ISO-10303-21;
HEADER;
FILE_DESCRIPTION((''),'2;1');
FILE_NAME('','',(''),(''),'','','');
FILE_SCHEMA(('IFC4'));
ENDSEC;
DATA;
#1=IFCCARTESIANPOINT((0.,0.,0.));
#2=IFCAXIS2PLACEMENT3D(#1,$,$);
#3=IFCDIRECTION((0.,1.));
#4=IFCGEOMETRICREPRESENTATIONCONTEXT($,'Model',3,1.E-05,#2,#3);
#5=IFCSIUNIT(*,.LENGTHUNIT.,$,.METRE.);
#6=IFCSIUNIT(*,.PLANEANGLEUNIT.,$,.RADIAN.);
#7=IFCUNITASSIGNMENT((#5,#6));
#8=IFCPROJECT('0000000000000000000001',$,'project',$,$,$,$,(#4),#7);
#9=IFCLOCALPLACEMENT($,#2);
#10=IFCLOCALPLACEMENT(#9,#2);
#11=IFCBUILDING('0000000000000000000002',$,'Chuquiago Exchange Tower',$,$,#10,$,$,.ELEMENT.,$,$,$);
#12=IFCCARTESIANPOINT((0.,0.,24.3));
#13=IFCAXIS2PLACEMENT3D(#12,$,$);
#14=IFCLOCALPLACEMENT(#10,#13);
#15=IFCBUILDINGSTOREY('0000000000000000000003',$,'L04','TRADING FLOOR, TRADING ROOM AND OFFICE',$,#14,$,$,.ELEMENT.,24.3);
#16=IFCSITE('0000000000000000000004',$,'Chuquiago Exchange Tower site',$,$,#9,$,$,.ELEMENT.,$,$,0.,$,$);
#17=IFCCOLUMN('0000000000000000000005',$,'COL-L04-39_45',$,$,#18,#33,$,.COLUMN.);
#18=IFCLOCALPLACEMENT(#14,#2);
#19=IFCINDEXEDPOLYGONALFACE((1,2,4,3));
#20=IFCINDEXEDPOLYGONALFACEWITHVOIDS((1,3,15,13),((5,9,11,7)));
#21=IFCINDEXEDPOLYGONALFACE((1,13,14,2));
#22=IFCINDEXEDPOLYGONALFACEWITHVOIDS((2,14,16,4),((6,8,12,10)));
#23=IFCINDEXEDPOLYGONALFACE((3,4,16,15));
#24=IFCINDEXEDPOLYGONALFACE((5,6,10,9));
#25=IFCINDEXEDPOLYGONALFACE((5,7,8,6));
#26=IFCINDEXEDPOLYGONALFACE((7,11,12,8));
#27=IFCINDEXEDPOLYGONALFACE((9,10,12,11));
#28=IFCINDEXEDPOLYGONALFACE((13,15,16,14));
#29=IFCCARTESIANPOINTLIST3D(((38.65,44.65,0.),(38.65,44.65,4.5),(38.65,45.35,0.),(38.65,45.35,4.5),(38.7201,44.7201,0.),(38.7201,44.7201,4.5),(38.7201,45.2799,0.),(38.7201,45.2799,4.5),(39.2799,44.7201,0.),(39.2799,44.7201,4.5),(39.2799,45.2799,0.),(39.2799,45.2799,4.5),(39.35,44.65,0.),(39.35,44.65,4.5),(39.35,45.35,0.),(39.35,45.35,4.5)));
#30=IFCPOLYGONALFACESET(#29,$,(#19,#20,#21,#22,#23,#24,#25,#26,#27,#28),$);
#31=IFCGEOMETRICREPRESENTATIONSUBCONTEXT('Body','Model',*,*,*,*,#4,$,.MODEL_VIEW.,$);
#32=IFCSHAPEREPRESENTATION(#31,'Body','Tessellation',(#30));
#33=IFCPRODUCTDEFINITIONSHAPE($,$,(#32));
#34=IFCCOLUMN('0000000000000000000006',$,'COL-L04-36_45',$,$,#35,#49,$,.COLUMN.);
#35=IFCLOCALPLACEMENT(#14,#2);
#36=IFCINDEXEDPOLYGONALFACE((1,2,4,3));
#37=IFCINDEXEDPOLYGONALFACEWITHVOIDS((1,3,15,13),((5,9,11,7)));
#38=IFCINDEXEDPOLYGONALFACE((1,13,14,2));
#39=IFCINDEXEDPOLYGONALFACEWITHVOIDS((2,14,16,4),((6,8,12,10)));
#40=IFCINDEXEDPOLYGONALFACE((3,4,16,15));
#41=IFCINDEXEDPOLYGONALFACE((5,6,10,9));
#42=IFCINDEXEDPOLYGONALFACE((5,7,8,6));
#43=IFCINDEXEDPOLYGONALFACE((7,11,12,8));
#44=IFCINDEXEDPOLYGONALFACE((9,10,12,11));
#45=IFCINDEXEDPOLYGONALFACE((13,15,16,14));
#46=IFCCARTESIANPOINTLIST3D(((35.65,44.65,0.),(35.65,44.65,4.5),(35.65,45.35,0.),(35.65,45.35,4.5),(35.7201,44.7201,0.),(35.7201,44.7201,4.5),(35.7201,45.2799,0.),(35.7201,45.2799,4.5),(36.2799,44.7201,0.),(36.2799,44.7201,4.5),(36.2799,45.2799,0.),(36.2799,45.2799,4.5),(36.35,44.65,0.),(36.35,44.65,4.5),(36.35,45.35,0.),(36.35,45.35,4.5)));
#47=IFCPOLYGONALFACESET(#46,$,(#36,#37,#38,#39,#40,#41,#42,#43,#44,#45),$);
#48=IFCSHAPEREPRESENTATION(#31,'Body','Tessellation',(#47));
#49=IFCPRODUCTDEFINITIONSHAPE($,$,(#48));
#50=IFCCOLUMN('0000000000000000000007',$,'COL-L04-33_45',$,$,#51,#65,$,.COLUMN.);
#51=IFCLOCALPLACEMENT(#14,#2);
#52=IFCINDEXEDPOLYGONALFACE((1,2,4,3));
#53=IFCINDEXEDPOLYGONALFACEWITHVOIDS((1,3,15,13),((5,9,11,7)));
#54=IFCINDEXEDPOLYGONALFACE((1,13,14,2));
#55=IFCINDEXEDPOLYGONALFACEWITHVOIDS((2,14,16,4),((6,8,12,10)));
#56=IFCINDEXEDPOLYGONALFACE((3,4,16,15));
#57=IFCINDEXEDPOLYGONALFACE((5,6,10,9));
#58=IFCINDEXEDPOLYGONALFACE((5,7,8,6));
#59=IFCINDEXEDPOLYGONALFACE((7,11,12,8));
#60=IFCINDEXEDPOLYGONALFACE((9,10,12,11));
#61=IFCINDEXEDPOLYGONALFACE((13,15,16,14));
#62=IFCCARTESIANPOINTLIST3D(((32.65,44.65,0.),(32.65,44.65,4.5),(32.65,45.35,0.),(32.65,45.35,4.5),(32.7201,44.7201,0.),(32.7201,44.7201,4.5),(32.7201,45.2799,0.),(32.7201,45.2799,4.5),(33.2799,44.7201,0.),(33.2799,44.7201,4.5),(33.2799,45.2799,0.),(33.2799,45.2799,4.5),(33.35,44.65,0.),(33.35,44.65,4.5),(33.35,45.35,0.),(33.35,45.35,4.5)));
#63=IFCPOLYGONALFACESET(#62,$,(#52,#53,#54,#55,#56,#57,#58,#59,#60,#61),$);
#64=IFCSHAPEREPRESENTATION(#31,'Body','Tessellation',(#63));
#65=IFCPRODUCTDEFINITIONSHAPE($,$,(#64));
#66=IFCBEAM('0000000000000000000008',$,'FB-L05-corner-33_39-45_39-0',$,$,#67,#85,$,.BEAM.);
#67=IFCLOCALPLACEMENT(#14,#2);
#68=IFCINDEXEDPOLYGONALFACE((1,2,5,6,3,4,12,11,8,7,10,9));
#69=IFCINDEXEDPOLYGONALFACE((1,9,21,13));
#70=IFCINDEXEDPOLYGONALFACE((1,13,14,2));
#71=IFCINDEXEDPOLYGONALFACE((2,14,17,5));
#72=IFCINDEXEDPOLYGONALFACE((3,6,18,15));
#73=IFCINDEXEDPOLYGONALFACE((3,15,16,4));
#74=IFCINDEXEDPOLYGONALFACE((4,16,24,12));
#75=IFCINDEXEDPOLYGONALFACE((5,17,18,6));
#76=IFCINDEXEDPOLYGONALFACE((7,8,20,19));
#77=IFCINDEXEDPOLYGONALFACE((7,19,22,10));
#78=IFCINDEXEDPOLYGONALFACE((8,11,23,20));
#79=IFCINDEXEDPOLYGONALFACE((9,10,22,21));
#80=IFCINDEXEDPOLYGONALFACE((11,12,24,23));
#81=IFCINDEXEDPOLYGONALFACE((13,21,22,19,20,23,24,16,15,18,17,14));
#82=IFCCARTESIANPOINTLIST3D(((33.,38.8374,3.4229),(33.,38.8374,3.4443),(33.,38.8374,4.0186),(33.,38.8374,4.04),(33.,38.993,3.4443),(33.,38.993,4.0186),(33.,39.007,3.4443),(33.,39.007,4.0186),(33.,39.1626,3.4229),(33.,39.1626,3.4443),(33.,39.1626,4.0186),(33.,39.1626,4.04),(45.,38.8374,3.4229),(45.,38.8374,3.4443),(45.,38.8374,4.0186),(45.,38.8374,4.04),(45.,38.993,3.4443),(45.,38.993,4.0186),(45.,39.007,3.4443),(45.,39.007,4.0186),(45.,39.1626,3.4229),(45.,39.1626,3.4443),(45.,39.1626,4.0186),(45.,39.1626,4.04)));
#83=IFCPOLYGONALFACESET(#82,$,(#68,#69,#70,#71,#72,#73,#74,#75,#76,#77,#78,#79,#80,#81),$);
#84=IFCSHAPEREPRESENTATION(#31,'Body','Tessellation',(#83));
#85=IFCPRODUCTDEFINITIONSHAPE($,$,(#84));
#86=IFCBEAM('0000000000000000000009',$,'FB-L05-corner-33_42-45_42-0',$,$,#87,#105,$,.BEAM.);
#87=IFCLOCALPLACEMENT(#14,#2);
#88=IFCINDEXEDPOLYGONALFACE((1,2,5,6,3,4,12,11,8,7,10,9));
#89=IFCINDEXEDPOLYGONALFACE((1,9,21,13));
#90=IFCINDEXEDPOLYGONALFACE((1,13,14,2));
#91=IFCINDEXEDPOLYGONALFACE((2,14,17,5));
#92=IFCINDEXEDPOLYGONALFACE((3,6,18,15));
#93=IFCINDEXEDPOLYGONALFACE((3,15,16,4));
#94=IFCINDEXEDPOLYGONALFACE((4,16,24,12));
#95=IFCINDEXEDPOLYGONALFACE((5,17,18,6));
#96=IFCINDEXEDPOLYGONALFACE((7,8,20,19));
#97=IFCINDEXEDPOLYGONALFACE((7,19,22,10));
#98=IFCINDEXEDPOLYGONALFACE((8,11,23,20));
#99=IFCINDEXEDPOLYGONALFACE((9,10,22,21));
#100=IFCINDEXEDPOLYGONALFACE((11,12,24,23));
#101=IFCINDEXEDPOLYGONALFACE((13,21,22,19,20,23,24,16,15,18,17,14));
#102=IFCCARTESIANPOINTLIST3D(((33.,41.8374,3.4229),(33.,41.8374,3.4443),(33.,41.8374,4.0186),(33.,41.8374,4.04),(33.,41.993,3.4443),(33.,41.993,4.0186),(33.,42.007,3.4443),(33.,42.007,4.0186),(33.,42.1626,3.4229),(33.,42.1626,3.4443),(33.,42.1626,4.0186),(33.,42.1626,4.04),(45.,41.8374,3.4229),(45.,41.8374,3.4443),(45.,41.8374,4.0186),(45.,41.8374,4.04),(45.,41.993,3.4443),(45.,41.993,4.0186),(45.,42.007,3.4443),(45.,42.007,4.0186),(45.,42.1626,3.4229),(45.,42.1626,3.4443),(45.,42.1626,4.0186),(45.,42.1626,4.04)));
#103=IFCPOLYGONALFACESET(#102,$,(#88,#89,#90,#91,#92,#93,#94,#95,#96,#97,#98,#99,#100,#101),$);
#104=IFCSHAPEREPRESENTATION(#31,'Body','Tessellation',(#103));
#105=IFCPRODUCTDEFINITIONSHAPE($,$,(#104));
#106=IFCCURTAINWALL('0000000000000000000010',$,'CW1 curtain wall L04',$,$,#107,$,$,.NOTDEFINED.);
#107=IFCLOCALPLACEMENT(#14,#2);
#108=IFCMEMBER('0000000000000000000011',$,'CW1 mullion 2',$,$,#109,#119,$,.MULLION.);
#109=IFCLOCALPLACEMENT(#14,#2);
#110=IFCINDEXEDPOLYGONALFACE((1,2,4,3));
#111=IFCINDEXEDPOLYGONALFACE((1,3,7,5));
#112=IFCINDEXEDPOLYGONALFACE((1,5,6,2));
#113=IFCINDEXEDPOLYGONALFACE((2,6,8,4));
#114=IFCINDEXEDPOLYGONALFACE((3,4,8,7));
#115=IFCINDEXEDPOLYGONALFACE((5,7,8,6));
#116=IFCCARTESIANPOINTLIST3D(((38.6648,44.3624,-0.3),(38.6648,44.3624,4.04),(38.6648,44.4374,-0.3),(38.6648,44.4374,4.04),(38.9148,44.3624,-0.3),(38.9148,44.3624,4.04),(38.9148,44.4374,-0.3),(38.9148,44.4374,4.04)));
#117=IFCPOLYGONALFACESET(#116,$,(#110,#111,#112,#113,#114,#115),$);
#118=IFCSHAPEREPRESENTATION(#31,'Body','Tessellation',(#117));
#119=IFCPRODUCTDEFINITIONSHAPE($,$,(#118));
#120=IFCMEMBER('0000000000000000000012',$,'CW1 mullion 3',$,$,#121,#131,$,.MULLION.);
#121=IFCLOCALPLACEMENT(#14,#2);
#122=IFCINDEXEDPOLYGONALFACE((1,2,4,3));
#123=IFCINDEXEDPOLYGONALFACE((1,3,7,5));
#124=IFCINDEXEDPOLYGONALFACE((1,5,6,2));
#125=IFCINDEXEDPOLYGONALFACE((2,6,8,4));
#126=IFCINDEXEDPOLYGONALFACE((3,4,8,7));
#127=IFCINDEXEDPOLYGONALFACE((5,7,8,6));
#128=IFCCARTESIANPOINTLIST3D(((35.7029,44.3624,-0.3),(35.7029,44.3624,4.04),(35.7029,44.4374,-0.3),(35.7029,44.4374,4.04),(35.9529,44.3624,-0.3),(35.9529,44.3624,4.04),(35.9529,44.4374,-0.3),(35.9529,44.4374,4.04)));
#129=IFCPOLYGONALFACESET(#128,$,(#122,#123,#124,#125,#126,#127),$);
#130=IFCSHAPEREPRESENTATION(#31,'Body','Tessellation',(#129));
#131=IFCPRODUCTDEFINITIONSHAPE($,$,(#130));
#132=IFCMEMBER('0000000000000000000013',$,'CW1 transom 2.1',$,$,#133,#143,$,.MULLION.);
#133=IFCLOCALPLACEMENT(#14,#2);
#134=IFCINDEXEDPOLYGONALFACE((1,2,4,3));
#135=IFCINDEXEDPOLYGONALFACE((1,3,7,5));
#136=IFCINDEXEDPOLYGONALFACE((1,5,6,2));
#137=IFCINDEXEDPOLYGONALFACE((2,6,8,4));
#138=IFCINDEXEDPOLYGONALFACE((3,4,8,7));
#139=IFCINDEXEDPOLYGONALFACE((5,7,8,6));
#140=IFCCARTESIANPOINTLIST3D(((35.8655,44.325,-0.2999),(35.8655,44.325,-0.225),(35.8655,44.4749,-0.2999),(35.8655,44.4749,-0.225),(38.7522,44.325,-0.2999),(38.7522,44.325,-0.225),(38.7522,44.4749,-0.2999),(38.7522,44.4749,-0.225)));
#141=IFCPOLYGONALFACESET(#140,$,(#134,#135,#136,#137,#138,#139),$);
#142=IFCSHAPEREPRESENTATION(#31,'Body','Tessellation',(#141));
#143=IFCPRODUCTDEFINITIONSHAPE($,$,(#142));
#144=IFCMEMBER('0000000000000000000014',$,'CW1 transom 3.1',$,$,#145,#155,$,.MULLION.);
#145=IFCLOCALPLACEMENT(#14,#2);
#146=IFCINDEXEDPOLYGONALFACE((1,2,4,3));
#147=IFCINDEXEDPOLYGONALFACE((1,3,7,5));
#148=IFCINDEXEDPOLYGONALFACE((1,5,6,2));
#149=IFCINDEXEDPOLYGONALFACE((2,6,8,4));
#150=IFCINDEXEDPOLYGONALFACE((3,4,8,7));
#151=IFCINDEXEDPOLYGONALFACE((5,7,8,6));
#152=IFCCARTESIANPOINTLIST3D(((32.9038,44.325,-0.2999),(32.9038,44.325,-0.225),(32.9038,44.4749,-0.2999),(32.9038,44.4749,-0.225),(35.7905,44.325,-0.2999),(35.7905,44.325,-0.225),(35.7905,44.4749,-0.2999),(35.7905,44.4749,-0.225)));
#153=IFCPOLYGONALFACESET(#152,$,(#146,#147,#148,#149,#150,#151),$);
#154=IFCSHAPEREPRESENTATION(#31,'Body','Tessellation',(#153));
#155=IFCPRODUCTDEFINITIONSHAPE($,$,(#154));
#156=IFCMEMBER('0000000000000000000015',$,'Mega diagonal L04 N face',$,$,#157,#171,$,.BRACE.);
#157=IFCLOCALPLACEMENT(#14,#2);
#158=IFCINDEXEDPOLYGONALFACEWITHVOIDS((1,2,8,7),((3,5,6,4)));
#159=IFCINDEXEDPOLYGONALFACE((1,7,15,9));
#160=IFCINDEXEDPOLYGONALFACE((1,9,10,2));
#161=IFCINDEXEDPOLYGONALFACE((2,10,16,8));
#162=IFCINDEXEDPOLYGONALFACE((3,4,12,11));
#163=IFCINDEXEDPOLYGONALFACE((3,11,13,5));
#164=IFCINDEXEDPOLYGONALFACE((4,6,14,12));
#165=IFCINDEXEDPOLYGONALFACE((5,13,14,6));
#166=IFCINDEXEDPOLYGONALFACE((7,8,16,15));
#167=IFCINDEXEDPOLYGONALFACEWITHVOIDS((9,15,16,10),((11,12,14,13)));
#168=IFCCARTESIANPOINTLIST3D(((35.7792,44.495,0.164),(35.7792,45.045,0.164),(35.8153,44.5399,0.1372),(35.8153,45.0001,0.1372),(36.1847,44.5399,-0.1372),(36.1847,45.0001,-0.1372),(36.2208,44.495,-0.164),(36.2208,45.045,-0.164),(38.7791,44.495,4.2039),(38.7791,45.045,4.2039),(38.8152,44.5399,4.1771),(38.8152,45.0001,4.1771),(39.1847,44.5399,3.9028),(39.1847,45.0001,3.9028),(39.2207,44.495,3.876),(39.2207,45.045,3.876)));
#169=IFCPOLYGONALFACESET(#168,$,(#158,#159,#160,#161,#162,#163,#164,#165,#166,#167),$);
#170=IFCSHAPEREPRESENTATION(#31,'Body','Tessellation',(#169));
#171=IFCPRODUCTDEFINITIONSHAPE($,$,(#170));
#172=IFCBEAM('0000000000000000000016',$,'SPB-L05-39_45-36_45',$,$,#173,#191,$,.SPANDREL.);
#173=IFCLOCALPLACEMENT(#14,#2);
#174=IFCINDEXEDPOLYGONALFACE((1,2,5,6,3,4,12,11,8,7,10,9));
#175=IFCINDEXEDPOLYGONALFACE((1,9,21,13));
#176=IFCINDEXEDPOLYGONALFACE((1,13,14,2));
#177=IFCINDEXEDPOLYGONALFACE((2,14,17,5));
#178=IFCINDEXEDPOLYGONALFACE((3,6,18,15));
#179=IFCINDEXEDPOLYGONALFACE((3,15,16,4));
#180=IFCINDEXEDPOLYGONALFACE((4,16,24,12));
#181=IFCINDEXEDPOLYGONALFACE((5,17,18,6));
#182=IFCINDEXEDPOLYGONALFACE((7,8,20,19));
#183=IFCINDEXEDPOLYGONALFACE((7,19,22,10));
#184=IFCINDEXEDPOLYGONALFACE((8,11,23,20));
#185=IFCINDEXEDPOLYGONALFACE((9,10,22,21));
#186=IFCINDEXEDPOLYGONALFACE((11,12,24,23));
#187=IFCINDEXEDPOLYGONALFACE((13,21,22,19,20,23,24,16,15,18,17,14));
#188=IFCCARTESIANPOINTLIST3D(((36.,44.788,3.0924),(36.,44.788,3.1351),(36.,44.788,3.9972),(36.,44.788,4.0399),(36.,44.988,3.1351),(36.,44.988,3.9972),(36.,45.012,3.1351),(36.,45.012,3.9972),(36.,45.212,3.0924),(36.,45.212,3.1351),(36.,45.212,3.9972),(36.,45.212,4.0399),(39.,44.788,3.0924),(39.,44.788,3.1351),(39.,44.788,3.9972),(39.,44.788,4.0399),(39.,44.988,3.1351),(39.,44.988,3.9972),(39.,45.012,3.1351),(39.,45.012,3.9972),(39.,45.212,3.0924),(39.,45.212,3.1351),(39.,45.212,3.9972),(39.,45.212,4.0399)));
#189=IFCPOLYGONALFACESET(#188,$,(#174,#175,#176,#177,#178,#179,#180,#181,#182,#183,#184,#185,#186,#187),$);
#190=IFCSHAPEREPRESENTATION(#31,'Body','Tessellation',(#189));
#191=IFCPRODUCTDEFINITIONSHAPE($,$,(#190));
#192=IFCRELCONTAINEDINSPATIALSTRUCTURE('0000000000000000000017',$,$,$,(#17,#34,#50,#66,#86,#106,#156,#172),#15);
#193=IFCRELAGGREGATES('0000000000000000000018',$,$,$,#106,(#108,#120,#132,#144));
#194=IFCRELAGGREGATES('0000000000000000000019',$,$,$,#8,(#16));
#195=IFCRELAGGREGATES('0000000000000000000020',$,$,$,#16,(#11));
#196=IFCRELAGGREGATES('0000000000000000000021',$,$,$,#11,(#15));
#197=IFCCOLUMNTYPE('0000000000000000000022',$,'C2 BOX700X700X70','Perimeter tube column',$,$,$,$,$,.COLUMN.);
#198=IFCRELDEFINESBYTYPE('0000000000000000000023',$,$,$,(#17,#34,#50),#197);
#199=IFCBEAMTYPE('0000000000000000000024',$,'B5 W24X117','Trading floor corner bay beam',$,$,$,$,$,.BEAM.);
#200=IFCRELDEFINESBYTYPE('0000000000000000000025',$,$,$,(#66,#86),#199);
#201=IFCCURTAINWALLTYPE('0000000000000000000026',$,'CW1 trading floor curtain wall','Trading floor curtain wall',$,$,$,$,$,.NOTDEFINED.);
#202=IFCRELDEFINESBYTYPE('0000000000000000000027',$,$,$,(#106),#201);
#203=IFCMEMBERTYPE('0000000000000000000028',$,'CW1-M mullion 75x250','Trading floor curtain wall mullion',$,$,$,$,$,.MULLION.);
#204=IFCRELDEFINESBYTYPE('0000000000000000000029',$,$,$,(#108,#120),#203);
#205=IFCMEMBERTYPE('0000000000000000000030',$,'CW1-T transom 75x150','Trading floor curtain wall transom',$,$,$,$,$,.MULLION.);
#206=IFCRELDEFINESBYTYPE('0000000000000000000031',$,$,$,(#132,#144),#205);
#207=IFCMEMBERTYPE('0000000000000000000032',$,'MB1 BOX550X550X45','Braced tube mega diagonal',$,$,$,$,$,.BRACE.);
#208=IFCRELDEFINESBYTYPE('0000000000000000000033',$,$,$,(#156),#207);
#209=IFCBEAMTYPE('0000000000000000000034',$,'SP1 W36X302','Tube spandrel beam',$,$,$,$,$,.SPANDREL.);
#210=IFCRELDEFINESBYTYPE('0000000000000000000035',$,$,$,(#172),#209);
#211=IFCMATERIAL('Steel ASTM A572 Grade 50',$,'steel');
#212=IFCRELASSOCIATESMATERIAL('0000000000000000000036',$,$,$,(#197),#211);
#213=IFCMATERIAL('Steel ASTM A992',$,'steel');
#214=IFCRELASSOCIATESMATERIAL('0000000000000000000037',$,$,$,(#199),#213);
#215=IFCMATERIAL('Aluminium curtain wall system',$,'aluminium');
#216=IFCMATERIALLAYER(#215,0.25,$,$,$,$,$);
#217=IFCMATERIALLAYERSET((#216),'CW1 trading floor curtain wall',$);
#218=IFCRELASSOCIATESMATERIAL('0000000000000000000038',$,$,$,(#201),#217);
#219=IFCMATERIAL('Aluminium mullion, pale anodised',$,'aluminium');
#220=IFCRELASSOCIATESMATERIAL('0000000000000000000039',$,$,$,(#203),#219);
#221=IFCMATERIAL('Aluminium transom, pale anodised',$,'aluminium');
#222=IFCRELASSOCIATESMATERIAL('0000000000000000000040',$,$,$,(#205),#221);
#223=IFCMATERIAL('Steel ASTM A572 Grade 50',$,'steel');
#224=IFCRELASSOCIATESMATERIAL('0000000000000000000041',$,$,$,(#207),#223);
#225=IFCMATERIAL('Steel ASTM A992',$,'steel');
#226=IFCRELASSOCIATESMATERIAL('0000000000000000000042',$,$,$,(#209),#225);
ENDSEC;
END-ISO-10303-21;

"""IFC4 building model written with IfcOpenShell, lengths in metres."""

from ifc_helpers import new_model, si_unit, direction, frame, origin, origin_2d, place, context, subcontext, project, spatial, rectangle, hollow_rectangle, i_section, extrude, material, layer, layer_set, material_profile, profile_set, type_object, element, aggregate, save


model = new_model("IFC4")

# Units and contexts
model_context = context("Model", 3, precision=1e-05, world=origin(), true_north=direction((0.0, 1.0)))
body_context = subcontext(model_context, "Body", "Model", "MODEL_VIEW")
ifc_project = project(units=[si_unit("LENGTHUNIT", "METRE"), si_unit("PLANEANGLEUNIT", "RADIAN")], contexts=[model_context])

# Site, building, storey
site_placement = place(None, origin())
site = spatial("IfcSite", under=ifc_project, at=site_placement, Name="Chuquiago Exchange Tower site", CompositionType="ELEMENT", RefElevation=0.0)
building_placement = place(site_placement, origin())
building = spatial("IfcBuilding", under=site, at=building_placement, Name="Chuquiago Exchange Tower", CompositionType="ELEMENT")
storey_placement = place(building_placement, frame((0.0, 0.0, 24.3)))
storey = spatial("IfcBuildingStorey", under=building, at=storey_placement, Name="L04", Description="TRADING FLOOR, TRADING ROOM AND OFFICE", CompositionType="ELEMENT", Elevation=24.3)

# Columns
ifc_material_1 = material(Name="Steel ASTM A572 Grade 50", Category="steel")
ifc_material_profile_1 = material_profile(ifc_material_1, hollow_rectangle(XDim=0.7, YDim=0.7, WallThickness=0.0701, at=origin_2d()), Name="BOX700X700X70")
ifc_profile_set_1 = profile_set([ifc_material_profile_1], Name="Steel ASTM A572 Grade 50")
column_type = type_object("IfcColumnType", Name="C2 BOX700X700X70", Description="Perimeter tube column", PredefinedType="COLUMN", material=ifc_profile_set_1)
for number, where, z_axis, x_axis, name in (
    (1, (39.0, 45.0, 0.0), (0.0, 0.0, 1.0), (0.0, 1.0, 0.0), "COL-L04-39_45"),
    (2, (36.0, 45.0, 0.0), (0.0, 0.0, 1.0), (0.0, 1.0, 0.0), "COL-L04-36_45"),
    (3, (33.0, 45.0, 0.0), (0.0, 0.0, 1.0), (0.0, 1.0, 0.0), "COL-L04-33_45"),
):
    element("IfcColumn", number, at=place(storey_placement, frame(where, z_axis=z_axis, x_axis=x_axis)), inside=storey, type_object=column_type, Name=name, PredefinedType="COLUMN", context=body_context, shape_type="SweptSolid", body=[
        extrude(hollow_rectangle(XDim=0.7, YDim=0.7, WallThickness=0.0701, at=origin_2d()), origin(), (0.0, 0.0, 1.0), 4.5),
    ])

# Beams
ifc_material_2 = material(Name="Steel ASTM A992", Category="steel")
ifc_material_profile_2 = material_profile(ifc_material_2, i_section(OverallWidth=0.3252, OverallDepth=0.6172, WebThickness=0.0139, FlangeThickness=0.0215, at=origin_2d()), Name="W24X117")
ifc_profile_set_2 = profile_set([ifc_material_profile_2], Name="Steel ASTM A992")
beam_type_1 = type_object("IfcBeamType", Name="B5 W24X117", Description="Trading floor corner bay beam", PredefinedType="BEAM", material=ifc_profile_set_2)
for number, where, z_axis, x_axis, name in (
    (4, (33.0, 39.0, 3.7314), (1.0, 0.0, 0.0), (0.0, 1.0, 0.0), "FB-L05-corner-33_39-45_39-0"),
    (5, (33.0, 42.0, 3.7314), (1.0, 0.0, 0.0), (0.0, 1.0, 0.0), "FB-L05-corner-33_42-45_42-0"),
):
    element("IfcBeam", number, at=place(storey_placement, frame(where, z_axis=z_axis, x_axis=x_axis)), inside=storey, type_object=beam_type_1, Name=name, PredefinedType="BEAM", context=body_context, shape_type="SweptSolid", body=[
        extrude(i_section(OverallWidth=0.3252, OverallDepth=0.6172, WebThickness=0.0139, FlangeThickness=0.0215, at=origin_2d()), origin(), (0.0, 0.0, 1.0), 12.0),
    ])

# Curtain wall, members
ifc_material_3 = material(Name="Aluminium curtain wall system", Category="aluminium")
ifc_layer_1 = layer(ifc_material_3, 0.25)
ifc_layer_set_1 = layer_set([ifc_layer_1], Name="CW1 trading floor curtain wall")
curtain_wall_type = type_object("IfcCurtainWallType", Name="CW1 trading floor curtain wall", Description="Trading floor curtain wall", PredefinedType="NOTDEFINED", material=ifc_layer_set_1)
curtain_wall_placement = place(storey_placement, origin())
curtain_wall = element("IfcCurtainWall", 6, at=curtain_wall_placement, inside=storey, type_object=curtain_wall_type, Name="CW1 curtain wall L04", PredefinedType="NOTDEFINED")
ifc_material_4 = material(Name="Aluminium mullion, pale anodised", Category="aluminium")
ifc_material_profile_3 = material_profile(ifc_material_4, rectangle(XDim=0.075, YDim=0.25, at=origin_2d()), Name="AL 75x250")
ifc_profile_set_3 = profile_set([ifc_material_profile_3], Name="Aluminium mullion, pale anodised")
member_type_1 = type_object("IfcMemberType", Name="CW1-M mullion 75x250", Description="Trading floor curtain wall mullion", PredefinedType="MULLION", material=ifc_profile_set_3)
member_1_placement = place(storey_placement, frame((38.7898, 44.3999, -0.3), z_axis=(0.0, 0.0, 1.0), x_axis=(0.0, -1.0, 0.0)))
member_1 = element("IfcMember", 7, at=member_1_placement, type_object=member_type_1, Name="CW1 mullion 2", PredefinedType="MULLION", context=body_context, shape_type="SweptSolid", body=[
    extrude(rectangle(XDim=0.075, YDim=0.25, at=origin_2d()), origin(), (0.0, 0.0, 1.0), 4.3401),
])
member_2_placement = place(storey_placement, frame((35.8279, 44.3999, -0.3), z_axis=(0.0, 0.0, 1.0), x_axis=(0.0, -1.0, 0.0)))
member_2 = element("IfcMember", 8, at=member_2_placement, type_object=member_type_1, Name="CW1 mullion 3", PredefinedType="MULLION", context=body_context, shape_type="SweptSolid", body=[
    extrude(rectangle(XDim=0.075, YDim=0.25, at=origin_2d()), origin(), (0.0, 0.0, 1.0), 4.3401),
])
ifc_material_5 = material(Name="Aluminium transom, pale anodised", Category="aluminium")
ifc_material_profile_4 = material_profile(ifc_material_5, rectangle(XDim=0.1499, YDim=0.075, at=origin_2d()), Name="AL 150x75")
ifc_profile_set_4 = profile_set([ifc_material_profile_4], Name="Aluminium transom, pale anodised")
member_type_2 = type_object("IfcMemberType", Name="CW1-T transom 75x150", Description="Trading floor curtain wall transom", PredefinedType="MULLION", material=ifc_profile_set_4)
member_3_placement = place(storey_placement, frame((38.7522, 44.3999, -0.2625), z_axis=(-1.0, 0.0, 0.0), x_axis=(0.0, -1.0, 0.0)))
member_3 = element("IfcMember", 9, at=member_3_placement, type_object=member_type_2, Name="CW1 transom 2.1", PredefinedType="MULLION", context=body_context, shape_type="SweptSolid", body=[
    extrude(rectangle(XDim=0.1499, YDim=0.075, at=origin_2d()), origin(), (0.0, 0.0, 1.0), 2.8867),
])
member_4_placement = place(storey_placement, frame((35.7905, 44.3999, -0.2625), z_axis=(-1.0, 0.0, 0.0), x_axis=(0.0, -1.0, 0.0)))
member_4 = element("IfcMember", 10, at=member_4_placement, type_object=member_type_2, Name="CW1 transom 3.1", PredefinedType="MULLION", context=body_context, shape_type="SweptSolid", body=[
    extrude(rectangle(XDim=0.1499, YDim=0.075, at=origin_2d()), origin(), (0.0, 0.0, 1.0), 2.8867),
])

# Member
ifc_material_6 = material(Name="Steel ASTM A572 Grade 50", Category="steel")
ifc_material_profile_5 = material_profile(ifc_material_6, hollow_rectangle(XDim=0.55, YDim=0.55, WallThickness=0.0449, at=origin_2d()), Name="BOX550X550X45")
ifc_profile_set_5 = profile_set([ifc_material_profile_5], Name="Steel ASTM A572 Grade 50")
member_type_3 = type_object("IfcMemberType", Name="MB1 BOX550X550X45", Description="Braced tube mega diagonal", PredefinedType="BRACE", material=ifc_profile_set_5)
member_5_placement = place(storey_placement, frame((36.0, 44.77, 0.0), z_axis=(0.596174, 0.0, 0.802855), x_axis=(0.0, 1.0, 0.0)))
element("IfcMember", 11, at=member_5_placement, inside=storey, type_object=member_type_3, Name="Mega diagonal L04 N face", PredefinedType="BRACE", context=body_context, shape_type="SweptSolid", body=[
    extrude(hollow_rectangle(XDim=0.55, YDim=0.55, WallThickness=0.0449, at=origin_2d()), origin(), (0.0, 0.0, 1.0), 5.032),
])

# Beam
ifc_material_7 = material(Name="Steel ASTM A992", Category="steel")
ifc_material_profile_6 = material_profile(ifc_material_7, i_section(OverallWidth=0.4241, OverallDepth=0.9475, WebThickness=0.0239, FlangeThickness=0.0427, at=origin_2d()), Name="W36X302")
ifc_profile_set_6 = profile_set([ifc_material_profile_6], Name="Steel ASTM A992")
beam_type_2 = type_object("IfcBeamType", Name="SP1 W36X302", Description="Tube spandrel beam", PredefinedType="SPANDREL", material=ifc_profile_set_6)
for number, where, z_axis, x_axis, name in (
    (12, (39.0, 45.0, 3.5662), (-1.0, 0.0, 0.0), (0.0, -1.0, 0.0), "SPB-L05-39_45-36_45"),
):
    element("IfcBeam", number, at=place(storey_placement, frame(where, z_axis=z_axis, x_axis=x_axis)), inside=storey, type_object=beam_type_2, Name=name, PredefinedType="SPANDREL", context=body_context, shape_type="SweptSolid", body=[
        extrude(i_section(OverallWidth=0.4241, OverallDepth=0.9475, WebThickness=0.0239, FlangeThickness=0.0427, at=origin_2d()), origin(), (0.0, 0.0, 1.0), 3.0),
    ])

aggregate(curtain_wall, [member_1, member_2, member_3, member_4])

save(model, "model.ifc")
